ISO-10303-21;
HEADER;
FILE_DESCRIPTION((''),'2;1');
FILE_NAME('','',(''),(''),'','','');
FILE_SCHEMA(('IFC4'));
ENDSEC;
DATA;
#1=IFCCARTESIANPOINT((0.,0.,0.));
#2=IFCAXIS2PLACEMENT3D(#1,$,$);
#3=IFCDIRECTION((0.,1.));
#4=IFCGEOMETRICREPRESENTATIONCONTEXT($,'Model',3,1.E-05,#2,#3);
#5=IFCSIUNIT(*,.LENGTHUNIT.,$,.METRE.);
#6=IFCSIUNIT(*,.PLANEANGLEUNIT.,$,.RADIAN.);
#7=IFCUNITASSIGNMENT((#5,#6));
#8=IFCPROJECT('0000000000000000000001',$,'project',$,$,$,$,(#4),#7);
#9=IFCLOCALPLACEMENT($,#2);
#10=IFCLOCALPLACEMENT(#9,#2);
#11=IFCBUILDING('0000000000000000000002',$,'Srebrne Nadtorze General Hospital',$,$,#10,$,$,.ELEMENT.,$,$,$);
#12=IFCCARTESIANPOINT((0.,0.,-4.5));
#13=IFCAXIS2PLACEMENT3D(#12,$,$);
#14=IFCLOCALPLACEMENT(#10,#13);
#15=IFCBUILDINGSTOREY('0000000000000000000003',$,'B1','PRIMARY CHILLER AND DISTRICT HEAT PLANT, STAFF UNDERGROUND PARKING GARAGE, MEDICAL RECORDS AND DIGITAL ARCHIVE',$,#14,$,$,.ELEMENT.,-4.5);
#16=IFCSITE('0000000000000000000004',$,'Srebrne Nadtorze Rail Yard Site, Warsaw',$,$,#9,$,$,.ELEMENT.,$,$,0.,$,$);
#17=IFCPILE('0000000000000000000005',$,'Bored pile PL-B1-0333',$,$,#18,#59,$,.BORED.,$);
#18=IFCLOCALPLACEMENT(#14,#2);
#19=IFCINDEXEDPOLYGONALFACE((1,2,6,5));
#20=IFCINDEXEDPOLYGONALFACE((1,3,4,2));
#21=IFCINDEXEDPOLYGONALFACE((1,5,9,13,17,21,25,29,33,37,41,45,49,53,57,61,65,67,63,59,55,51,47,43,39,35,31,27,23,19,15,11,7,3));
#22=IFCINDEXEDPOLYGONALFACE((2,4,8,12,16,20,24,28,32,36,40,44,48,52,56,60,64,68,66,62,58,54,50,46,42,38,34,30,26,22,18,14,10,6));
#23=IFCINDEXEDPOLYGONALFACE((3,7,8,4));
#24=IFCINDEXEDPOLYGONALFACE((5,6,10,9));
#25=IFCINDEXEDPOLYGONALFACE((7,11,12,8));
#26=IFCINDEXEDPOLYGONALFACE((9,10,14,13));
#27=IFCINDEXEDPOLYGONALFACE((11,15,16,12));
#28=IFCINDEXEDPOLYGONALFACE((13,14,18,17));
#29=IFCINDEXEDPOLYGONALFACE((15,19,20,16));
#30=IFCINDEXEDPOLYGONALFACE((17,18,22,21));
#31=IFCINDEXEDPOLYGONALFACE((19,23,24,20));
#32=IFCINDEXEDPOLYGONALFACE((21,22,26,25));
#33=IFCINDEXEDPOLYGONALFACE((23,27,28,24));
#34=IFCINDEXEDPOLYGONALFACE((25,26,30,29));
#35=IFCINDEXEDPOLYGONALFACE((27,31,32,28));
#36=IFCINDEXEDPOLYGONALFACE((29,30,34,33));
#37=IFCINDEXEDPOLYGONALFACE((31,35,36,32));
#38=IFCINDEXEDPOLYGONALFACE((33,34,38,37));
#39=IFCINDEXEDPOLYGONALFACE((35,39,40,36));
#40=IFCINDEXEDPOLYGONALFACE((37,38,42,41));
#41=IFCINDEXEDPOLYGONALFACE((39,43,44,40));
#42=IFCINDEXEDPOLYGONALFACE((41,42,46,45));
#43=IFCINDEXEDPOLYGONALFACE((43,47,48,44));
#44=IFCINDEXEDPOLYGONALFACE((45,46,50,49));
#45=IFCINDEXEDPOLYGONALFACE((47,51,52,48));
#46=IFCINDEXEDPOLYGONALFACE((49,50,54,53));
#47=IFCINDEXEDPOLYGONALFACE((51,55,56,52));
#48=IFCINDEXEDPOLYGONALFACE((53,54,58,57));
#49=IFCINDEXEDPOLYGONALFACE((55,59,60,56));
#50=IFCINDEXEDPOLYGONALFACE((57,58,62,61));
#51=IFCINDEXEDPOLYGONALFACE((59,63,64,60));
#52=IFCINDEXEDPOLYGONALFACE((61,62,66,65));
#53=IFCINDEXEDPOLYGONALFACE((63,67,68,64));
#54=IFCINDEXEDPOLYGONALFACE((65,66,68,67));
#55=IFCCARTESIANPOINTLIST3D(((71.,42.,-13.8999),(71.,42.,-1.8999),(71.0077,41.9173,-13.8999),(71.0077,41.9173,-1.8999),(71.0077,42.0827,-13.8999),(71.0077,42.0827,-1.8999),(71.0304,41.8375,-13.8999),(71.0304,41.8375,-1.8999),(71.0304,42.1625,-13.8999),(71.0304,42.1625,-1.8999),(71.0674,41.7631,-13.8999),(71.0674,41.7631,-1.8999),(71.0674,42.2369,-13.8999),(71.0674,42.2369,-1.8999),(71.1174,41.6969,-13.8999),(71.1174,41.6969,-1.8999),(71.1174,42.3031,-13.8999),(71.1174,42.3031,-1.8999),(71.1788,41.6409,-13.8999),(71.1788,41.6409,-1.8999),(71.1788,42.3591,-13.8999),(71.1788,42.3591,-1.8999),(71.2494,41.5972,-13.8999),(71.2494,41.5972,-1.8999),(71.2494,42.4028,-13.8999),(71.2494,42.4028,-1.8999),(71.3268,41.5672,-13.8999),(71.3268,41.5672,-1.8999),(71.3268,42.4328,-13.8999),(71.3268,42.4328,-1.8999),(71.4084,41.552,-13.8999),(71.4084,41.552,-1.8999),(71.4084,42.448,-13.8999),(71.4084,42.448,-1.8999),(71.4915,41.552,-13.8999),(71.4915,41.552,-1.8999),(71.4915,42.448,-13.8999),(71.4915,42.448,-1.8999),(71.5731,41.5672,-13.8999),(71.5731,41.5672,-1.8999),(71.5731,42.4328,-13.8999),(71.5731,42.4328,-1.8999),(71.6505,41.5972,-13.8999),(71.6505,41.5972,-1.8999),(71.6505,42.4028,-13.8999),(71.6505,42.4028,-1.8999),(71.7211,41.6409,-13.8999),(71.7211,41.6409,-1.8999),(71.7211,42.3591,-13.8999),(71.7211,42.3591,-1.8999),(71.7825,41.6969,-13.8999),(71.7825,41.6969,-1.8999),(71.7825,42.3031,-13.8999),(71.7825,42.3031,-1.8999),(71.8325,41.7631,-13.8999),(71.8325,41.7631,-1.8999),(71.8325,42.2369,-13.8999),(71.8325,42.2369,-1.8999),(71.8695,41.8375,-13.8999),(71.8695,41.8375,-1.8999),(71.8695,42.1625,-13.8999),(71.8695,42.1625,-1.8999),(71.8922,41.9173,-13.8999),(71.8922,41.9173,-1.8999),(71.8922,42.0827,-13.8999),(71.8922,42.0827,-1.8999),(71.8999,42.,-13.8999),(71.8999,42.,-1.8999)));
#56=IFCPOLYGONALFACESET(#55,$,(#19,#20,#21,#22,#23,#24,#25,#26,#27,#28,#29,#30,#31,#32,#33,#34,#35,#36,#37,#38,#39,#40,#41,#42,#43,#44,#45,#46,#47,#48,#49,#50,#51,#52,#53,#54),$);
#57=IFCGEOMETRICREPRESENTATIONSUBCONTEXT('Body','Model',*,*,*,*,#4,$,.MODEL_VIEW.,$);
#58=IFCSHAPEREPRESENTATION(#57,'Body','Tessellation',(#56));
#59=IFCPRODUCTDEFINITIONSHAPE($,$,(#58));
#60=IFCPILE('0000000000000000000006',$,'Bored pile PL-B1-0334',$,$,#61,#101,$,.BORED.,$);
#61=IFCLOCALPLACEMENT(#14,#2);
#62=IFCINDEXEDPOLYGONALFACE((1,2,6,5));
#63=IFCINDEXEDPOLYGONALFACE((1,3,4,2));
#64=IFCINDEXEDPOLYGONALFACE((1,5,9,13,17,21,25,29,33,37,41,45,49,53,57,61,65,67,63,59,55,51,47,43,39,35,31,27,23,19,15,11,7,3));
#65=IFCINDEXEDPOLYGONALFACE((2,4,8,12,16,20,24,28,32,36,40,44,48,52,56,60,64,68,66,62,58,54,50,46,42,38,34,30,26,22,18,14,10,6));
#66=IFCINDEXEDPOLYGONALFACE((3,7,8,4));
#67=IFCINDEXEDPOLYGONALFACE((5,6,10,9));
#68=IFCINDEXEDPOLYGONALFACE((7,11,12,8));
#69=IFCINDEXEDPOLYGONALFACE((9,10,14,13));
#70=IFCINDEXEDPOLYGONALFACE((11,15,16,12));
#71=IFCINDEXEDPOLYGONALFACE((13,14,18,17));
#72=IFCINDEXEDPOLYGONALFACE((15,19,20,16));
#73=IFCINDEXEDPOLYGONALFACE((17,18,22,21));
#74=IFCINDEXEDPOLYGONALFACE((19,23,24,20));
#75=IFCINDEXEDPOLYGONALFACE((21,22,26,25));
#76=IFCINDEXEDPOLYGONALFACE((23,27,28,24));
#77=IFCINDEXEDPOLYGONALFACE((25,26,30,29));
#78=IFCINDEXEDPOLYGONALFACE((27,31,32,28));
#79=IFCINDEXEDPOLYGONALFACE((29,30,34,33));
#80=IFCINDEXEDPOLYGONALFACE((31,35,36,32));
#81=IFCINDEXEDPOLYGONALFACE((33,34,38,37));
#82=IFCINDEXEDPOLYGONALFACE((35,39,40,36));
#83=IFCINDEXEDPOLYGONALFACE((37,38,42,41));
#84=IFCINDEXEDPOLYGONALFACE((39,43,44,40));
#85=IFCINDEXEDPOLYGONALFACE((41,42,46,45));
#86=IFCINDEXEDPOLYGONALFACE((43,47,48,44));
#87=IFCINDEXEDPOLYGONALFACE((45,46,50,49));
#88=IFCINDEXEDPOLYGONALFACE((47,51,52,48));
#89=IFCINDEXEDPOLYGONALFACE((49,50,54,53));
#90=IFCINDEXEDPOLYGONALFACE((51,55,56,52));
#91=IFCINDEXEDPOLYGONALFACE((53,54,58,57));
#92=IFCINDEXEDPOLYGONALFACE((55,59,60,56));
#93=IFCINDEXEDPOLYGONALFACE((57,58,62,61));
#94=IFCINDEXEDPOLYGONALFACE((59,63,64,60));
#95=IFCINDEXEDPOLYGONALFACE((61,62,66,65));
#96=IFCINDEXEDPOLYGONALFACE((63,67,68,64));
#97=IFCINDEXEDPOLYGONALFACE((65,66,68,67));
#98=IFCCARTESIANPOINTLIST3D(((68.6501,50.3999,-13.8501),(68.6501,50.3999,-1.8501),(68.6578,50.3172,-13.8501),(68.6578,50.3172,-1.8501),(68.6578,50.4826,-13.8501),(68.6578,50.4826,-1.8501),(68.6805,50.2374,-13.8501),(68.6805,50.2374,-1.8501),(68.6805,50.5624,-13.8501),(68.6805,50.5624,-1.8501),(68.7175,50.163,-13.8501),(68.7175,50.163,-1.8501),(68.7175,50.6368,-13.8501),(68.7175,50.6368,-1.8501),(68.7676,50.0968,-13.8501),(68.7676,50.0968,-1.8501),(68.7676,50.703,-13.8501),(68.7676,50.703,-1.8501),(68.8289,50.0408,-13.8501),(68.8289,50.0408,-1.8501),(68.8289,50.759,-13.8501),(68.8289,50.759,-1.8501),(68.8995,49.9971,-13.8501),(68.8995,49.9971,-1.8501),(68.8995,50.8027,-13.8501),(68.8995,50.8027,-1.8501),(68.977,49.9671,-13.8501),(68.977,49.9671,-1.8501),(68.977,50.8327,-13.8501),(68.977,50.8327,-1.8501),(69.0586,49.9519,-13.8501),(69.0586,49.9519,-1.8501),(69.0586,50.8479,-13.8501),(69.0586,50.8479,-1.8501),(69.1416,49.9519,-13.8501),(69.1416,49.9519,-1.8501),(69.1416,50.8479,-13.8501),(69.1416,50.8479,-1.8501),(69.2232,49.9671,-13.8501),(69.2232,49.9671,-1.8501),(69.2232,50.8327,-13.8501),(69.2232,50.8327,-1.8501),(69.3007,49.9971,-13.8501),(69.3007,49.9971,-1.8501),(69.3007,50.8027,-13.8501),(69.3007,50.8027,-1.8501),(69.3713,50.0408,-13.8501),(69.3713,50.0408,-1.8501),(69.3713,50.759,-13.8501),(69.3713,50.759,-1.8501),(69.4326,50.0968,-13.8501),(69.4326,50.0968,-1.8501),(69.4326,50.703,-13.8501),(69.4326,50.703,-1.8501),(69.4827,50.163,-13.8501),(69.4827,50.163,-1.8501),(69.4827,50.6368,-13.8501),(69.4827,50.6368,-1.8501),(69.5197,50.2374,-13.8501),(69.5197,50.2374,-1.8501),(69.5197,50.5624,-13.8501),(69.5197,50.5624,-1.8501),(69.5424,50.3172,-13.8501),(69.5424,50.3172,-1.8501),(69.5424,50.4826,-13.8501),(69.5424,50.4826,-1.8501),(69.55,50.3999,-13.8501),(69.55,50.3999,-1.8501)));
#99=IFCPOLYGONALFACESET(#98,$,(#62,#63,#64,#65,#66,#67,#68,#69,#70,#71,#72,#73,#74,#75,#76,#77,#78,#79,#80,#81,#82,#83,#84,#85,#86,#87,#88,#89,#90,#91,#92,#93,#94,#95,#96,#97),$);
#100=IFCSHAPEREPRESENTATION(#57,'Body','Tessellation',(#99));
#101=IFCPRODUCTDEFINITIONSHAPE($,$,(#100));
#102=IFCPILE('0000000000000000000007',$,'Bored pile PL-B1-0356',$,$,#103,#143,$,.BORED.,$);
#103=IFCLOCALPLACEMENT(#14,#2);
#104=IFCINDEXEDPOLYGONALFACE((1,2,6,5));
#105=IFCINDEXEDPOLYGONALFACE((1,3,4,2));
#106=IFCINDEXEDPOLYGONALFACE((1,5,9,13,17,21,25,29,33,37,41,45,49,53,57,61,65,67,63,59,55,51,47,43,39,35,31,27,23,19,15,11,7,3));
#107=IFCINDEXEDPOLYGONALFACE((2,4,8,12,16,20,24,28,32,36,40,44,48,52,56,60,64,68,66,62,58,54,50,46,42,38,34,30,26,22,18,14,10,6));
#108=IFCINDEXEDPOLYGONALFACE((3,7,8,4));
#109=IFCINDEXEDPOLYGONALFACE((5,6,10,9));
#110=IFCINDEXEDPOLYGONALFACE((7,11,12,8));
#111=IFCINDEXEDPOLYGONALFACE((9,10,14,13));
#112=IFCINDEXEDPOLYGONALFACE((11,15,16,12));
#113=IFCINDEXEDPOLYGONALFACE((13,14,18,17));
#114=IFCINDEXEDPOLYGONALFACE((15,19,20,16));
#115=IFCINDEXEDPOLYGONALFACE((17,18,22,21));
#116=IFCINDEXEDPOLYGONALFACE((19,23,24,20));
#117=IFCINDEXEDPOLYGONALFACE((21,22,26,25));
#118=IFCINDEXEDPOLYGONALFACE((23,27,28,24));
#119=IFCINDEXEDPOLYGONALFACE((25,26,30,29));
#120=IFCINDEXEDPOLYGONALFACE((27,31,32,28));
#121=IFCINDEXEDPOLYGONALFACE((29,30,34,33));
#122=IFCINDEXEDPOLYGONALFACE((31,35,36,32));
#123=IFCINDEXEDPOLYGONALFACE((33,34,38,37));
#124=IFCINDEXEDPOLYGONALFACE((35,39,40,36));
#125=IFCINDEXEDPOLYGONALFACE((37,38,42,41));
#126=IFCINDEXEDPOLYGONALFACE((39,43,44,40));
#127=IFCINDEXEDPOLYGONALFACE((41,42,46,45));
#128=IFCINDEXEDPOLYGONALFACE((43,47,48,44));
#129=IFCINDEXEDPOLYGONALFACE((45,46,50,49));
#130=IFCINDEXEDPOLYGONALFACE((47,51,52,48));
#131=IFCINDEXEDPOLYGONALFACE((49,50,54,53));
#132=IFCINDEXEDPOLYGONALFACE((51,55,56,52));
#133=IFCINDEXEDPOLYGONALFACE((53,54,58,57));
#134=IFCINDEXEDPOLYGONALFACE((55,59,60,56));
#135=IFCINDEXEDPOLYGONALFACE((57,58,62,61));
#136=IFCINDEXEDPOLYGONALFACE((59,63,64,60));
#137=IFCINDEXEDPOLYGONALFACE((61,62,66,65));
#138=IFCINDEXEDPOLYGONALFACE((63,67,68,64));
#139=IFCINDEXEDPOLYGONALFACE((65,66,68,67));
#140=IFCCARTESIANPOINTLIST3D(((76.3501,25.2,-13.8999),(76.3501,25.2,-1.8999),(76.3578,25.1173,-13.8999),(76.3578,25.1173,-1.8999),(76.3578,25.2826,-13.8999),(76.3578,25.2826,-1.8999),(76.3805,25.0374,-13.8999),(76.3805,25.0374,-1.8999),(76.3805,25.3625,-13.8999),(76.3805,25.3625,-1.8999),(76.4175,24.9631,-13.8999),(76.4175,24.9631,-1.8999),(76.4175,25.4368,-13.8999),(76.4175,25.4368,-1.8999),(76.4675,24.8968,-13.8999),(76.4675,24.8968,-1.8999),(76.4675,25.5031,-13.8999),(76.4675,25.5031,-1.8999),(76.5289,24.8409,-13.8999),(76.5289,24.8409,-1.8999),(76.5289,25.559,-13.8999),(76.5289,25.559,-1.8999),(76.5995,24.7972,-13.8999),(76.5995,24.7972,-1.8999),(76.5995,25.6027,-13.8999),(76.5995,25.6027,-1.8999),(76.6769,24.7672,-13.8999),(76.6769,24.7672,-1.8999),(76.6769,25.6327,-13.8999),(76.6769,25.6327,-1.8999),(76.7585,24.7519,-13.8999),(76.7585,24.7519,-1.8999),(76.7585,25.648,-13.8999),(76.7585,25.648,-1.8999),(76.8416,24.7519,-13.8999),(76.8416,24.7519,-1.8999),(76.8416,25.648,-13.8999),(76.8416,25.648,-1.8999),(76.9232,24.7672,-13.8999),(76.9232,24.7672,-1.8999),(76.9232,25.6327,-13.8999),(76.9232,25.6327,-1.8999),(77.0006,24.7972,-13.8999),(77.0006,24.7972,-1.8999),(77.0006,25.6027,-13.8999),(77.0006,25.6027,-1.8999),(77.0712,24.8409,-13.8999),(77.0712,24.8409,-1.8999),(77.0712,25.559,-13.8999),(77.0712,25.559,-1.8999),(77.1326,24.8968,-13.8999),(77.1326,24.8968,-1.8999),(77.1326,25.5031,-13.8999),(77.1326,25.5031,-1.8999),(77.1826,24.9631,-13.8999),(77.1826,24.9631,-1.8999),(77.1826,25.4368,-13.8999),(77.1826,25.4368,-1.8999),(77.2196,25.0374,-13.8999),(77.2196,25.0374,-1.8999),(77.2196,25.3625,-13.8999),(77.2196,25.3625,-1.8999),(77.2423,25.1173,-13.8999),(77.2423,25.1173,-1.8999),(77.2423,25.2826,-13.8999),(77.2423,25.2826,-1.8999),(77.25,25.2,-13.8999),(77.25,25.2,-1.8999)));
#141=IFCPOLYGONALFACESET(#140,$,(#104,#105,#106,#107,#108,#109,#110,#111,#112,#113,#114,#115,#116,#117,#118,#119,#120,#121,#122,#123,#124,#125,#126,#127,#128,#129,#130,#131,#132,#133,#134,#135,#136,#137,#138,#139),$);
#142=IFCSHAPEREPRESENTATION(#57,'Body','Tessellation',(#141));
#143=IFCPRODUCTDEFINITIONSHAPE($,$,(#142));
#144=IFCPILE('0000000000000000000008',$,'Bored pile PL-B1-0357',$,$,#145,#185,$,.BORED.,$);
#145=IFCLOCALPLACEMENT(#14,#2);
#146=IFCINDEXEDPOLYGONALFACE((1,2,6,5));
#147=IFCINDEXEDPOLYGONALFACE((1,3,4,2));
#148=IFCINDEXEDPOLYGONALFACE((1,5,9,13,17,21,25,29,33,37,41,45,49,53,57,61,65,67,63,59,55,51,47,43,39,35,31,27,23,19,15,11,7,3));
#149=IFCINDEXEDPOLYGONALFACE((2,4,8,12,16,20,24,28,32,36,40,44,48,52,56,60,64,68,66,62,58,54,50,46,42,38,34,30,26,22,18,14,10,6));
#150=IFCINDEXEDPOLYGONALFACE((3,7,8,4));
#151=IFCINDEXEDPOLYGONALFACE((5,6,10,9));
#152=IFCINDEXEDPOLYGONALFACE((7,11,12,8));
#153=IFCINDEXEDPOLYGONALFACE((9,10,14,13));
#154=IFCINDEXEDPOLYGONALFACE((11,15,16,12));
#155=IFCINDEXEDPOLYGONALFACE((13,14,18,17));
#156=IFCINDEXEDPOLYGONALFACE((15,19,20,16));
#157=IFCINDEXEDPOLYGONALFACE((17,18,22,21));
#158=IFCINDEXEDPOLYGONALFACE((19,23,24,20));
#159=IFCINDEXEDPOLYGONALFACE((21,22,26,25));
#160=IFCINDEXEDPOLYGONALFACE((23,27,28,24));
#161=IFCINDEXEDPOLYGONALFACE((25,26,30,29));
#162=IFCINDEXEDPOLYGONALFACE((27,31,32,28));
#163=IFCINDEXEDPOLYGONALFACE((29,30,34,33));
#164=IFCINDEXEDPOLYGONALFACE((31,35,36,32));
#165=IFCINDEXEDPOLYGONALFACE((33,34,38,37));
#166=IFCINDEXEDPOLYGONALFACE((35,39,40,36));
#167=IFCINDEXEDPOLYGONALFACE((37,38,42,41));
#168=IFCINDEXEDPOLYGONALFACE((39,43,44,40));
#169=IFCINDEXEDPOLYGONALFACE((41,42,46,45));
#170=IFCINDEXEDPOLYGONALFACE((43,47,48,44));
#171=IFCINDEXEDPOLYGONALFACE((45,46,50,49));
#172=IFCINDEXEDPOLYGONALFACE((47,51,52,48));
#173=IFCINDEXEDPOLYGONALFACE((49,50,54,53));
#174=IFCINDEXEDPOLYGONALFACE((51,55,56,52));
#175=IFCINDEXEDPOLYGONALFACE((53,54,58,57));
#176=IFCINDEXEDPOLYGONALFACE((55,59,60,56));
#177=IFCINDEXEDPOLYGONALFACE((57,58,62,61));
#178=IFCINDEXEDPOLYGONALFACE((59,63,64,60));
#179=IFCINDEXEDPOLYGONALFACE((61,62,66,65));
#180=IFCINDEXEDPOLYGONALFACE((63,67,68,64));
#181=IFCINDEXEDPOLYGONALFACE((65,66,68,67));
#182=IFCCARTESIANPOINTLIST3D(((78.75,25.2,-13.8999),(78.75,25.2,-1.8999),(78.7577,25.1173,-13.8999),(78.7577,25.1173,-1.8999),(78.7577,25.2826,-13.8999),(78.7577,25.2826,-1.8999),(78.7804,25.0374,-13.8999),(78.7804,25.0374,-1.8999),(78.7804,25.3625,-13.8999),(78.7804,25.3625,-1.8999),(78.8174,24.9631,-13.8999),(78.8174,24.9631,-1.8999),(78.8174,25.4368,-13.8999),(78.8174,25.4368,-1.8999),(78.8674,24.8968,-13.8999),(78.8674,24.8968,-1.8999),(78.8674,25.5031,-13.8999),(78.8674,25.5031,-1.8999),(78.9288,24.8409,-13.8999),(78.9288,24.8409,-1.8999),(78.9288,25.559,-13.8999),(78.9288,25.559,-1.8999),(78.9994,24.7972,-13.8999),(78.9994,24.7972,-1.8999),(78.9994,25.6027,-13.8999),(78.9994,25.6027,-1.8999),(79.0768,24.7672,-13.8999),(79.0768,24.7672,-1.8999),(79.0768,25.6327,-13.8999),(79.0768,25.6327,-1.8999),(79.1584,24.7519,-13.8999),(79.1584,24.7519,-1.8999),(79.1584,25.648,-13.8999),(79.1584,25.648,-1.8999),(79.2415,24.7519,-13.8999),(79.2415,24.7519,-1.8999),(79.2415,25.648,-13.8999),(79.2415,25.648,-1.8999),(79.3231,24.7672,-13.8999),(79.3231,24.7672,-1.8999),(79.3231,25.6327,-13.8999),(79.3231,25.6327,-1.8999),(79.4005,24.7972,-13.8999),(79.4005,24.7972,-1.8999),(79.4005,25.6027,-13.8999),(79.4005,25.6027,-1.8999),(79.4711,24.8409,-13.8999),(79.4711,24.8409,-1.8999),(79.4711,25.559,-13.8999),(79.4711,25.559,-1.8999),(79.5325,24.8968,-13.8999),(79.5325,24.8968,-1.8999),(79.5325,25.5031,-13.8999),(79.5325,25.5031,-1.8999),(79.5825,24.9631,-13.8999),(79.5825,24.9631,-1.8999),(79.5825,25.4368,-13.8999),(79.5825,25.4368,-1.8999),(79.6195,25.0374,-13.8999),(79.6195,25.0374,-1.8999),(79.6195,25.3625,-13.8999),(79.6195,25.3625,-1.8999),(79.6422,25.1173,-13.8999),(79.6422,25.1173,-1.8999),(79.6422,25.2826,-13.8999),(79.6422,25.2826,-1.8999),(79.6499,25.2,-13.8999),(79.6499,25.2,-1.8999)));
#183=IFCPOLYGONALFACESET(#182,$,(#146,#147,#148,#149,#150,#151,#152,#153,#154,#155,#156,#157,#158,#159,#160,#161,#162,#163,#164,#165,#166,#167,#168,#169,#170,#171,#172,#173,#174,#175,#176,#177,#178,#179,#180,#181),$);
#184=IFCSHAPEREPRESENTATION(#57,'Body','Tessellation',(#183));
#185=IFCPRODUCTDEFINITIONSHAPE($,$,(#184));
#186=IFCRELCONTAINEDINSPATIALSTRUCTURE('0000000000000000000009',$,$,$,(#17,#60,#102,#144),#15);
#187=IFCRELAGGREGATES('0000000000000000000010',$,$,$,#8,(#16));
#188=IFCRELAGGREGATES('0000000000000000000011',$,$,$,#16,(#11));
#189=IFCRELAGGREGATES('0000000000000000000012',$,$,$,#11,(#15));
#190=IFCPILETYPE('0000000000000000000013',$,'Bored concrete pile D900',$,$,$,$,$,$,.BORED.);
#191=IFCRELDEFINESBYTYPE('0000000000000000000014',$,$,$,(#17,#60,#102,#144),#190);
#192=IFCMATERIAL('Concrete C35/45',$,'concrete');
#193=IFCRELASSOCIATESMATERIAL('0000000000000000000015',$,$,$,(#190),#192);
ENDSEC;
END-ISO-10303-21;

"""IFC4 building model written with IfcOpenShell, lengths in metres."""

from ifc_helpers import new_model, si_unit, direction, frame, origin, origin_2d, place, context, subcontext, project, spatial, circle, extrude, material, material_profile, profile_set, type_object, element, save


model = new_model("IFC4")

# Units and contexts
model_context = context("Model", 3, precision=1e-05, world=origin(), true_north=direction((0.0, 1.0)))
body_context = subcontext(model_context, "Body", "Model", "MODEL_VIEW")
ifc_project = project(units=[si_unit("LENGTHUNIT", "METRE"), si_unit("PLANEANGLEUNIT", "RADIAN")], contexts=[model_context])

# Site, building, storey
site_placement = place(None, origin())
site = spatial("IfcSite", under=ifc_project, at=site_placement, Name="Srebrne Nadtorze Rail Yard Site, Warsaw", CompositionType="ELEMENT", RefElevation=0.0)
building_placement = place(site_placement, origin())
building = spatial("IfcBuilding", under=site, at=building_placement, Name="Srebrne Nadtorze General Hospital", CompositionType="ELEMENT")
storey_placement = place(building_placement, frame((0.0, 0.0, -4.5)))
storey = spatial("IfcBuildingStorey", under=building, at=storey_placement, Name="B1", Description="PRIMARY CHILLER AND DISTRICT HEAT PLANT, STAFF UNDERGROUND PARKING GARAGE, MEDICAL RECORDS AND DIGITAL ARCHIVE", CompositionType="ELEMENT", Elevation=-4.5)

# Piles
ifc_material_1 = material(Name="Concrete C35/45", Category="concrete")
ifc_material_profile_1 = material_profile(ifc_material_1, circle(Radius=0.45, at=origin_2d()), Name="PILE-D900")
ifc_profile_set_1 = profile_set([ifc_material_profile_1], Name="Concrete C35/45")
pile_type_1 = type_object("IfcPileType", Name="Bored concrete pile D900", PredefinedType="BORED", material=ifc_profile_set_1)
for number, where, z_axis, x_axis, name in (
    (1, (71.45, 42.0, -1.8999), (0.0, 0.0, -1.0), (1.0, 0.0, 0.0), "Bored pile PL-B1-0333"),
    (2, (69.1001, 50.3999, -1.8501), (0.0, 0.0, -1.0), (1.0, 0.0, 0.0), "Bored pile PL-B1-0334"),
    (3, (76.8, 25.2, -1.8999), (0.0, 0.0, -1.0), (1.0, 0.0, 0.0), "Bored pile PL-B1-0356"),
    (4, (79.2, 25.2, -1.8999), (0.0, 0.0, -1.0), (1.0, 0.0, 0.0), "Bored pile PL-B1-0357"),
):
    element("IfcPile", number, at=place(storey_placement, frame(where, z_axis=z_axis, x_axis=x_axis)), inside=storey, type_object=pile_type_1, Name=name, PredefinedType="BORED", context=body_context, shape_type="SweptSolid", body=[
        extrude(circle(Radius=0.45, at=origin_2d()), origin(), (0.0, 0.0, 1.0), 12.0),
    ])

save(model, "model.ifc")
